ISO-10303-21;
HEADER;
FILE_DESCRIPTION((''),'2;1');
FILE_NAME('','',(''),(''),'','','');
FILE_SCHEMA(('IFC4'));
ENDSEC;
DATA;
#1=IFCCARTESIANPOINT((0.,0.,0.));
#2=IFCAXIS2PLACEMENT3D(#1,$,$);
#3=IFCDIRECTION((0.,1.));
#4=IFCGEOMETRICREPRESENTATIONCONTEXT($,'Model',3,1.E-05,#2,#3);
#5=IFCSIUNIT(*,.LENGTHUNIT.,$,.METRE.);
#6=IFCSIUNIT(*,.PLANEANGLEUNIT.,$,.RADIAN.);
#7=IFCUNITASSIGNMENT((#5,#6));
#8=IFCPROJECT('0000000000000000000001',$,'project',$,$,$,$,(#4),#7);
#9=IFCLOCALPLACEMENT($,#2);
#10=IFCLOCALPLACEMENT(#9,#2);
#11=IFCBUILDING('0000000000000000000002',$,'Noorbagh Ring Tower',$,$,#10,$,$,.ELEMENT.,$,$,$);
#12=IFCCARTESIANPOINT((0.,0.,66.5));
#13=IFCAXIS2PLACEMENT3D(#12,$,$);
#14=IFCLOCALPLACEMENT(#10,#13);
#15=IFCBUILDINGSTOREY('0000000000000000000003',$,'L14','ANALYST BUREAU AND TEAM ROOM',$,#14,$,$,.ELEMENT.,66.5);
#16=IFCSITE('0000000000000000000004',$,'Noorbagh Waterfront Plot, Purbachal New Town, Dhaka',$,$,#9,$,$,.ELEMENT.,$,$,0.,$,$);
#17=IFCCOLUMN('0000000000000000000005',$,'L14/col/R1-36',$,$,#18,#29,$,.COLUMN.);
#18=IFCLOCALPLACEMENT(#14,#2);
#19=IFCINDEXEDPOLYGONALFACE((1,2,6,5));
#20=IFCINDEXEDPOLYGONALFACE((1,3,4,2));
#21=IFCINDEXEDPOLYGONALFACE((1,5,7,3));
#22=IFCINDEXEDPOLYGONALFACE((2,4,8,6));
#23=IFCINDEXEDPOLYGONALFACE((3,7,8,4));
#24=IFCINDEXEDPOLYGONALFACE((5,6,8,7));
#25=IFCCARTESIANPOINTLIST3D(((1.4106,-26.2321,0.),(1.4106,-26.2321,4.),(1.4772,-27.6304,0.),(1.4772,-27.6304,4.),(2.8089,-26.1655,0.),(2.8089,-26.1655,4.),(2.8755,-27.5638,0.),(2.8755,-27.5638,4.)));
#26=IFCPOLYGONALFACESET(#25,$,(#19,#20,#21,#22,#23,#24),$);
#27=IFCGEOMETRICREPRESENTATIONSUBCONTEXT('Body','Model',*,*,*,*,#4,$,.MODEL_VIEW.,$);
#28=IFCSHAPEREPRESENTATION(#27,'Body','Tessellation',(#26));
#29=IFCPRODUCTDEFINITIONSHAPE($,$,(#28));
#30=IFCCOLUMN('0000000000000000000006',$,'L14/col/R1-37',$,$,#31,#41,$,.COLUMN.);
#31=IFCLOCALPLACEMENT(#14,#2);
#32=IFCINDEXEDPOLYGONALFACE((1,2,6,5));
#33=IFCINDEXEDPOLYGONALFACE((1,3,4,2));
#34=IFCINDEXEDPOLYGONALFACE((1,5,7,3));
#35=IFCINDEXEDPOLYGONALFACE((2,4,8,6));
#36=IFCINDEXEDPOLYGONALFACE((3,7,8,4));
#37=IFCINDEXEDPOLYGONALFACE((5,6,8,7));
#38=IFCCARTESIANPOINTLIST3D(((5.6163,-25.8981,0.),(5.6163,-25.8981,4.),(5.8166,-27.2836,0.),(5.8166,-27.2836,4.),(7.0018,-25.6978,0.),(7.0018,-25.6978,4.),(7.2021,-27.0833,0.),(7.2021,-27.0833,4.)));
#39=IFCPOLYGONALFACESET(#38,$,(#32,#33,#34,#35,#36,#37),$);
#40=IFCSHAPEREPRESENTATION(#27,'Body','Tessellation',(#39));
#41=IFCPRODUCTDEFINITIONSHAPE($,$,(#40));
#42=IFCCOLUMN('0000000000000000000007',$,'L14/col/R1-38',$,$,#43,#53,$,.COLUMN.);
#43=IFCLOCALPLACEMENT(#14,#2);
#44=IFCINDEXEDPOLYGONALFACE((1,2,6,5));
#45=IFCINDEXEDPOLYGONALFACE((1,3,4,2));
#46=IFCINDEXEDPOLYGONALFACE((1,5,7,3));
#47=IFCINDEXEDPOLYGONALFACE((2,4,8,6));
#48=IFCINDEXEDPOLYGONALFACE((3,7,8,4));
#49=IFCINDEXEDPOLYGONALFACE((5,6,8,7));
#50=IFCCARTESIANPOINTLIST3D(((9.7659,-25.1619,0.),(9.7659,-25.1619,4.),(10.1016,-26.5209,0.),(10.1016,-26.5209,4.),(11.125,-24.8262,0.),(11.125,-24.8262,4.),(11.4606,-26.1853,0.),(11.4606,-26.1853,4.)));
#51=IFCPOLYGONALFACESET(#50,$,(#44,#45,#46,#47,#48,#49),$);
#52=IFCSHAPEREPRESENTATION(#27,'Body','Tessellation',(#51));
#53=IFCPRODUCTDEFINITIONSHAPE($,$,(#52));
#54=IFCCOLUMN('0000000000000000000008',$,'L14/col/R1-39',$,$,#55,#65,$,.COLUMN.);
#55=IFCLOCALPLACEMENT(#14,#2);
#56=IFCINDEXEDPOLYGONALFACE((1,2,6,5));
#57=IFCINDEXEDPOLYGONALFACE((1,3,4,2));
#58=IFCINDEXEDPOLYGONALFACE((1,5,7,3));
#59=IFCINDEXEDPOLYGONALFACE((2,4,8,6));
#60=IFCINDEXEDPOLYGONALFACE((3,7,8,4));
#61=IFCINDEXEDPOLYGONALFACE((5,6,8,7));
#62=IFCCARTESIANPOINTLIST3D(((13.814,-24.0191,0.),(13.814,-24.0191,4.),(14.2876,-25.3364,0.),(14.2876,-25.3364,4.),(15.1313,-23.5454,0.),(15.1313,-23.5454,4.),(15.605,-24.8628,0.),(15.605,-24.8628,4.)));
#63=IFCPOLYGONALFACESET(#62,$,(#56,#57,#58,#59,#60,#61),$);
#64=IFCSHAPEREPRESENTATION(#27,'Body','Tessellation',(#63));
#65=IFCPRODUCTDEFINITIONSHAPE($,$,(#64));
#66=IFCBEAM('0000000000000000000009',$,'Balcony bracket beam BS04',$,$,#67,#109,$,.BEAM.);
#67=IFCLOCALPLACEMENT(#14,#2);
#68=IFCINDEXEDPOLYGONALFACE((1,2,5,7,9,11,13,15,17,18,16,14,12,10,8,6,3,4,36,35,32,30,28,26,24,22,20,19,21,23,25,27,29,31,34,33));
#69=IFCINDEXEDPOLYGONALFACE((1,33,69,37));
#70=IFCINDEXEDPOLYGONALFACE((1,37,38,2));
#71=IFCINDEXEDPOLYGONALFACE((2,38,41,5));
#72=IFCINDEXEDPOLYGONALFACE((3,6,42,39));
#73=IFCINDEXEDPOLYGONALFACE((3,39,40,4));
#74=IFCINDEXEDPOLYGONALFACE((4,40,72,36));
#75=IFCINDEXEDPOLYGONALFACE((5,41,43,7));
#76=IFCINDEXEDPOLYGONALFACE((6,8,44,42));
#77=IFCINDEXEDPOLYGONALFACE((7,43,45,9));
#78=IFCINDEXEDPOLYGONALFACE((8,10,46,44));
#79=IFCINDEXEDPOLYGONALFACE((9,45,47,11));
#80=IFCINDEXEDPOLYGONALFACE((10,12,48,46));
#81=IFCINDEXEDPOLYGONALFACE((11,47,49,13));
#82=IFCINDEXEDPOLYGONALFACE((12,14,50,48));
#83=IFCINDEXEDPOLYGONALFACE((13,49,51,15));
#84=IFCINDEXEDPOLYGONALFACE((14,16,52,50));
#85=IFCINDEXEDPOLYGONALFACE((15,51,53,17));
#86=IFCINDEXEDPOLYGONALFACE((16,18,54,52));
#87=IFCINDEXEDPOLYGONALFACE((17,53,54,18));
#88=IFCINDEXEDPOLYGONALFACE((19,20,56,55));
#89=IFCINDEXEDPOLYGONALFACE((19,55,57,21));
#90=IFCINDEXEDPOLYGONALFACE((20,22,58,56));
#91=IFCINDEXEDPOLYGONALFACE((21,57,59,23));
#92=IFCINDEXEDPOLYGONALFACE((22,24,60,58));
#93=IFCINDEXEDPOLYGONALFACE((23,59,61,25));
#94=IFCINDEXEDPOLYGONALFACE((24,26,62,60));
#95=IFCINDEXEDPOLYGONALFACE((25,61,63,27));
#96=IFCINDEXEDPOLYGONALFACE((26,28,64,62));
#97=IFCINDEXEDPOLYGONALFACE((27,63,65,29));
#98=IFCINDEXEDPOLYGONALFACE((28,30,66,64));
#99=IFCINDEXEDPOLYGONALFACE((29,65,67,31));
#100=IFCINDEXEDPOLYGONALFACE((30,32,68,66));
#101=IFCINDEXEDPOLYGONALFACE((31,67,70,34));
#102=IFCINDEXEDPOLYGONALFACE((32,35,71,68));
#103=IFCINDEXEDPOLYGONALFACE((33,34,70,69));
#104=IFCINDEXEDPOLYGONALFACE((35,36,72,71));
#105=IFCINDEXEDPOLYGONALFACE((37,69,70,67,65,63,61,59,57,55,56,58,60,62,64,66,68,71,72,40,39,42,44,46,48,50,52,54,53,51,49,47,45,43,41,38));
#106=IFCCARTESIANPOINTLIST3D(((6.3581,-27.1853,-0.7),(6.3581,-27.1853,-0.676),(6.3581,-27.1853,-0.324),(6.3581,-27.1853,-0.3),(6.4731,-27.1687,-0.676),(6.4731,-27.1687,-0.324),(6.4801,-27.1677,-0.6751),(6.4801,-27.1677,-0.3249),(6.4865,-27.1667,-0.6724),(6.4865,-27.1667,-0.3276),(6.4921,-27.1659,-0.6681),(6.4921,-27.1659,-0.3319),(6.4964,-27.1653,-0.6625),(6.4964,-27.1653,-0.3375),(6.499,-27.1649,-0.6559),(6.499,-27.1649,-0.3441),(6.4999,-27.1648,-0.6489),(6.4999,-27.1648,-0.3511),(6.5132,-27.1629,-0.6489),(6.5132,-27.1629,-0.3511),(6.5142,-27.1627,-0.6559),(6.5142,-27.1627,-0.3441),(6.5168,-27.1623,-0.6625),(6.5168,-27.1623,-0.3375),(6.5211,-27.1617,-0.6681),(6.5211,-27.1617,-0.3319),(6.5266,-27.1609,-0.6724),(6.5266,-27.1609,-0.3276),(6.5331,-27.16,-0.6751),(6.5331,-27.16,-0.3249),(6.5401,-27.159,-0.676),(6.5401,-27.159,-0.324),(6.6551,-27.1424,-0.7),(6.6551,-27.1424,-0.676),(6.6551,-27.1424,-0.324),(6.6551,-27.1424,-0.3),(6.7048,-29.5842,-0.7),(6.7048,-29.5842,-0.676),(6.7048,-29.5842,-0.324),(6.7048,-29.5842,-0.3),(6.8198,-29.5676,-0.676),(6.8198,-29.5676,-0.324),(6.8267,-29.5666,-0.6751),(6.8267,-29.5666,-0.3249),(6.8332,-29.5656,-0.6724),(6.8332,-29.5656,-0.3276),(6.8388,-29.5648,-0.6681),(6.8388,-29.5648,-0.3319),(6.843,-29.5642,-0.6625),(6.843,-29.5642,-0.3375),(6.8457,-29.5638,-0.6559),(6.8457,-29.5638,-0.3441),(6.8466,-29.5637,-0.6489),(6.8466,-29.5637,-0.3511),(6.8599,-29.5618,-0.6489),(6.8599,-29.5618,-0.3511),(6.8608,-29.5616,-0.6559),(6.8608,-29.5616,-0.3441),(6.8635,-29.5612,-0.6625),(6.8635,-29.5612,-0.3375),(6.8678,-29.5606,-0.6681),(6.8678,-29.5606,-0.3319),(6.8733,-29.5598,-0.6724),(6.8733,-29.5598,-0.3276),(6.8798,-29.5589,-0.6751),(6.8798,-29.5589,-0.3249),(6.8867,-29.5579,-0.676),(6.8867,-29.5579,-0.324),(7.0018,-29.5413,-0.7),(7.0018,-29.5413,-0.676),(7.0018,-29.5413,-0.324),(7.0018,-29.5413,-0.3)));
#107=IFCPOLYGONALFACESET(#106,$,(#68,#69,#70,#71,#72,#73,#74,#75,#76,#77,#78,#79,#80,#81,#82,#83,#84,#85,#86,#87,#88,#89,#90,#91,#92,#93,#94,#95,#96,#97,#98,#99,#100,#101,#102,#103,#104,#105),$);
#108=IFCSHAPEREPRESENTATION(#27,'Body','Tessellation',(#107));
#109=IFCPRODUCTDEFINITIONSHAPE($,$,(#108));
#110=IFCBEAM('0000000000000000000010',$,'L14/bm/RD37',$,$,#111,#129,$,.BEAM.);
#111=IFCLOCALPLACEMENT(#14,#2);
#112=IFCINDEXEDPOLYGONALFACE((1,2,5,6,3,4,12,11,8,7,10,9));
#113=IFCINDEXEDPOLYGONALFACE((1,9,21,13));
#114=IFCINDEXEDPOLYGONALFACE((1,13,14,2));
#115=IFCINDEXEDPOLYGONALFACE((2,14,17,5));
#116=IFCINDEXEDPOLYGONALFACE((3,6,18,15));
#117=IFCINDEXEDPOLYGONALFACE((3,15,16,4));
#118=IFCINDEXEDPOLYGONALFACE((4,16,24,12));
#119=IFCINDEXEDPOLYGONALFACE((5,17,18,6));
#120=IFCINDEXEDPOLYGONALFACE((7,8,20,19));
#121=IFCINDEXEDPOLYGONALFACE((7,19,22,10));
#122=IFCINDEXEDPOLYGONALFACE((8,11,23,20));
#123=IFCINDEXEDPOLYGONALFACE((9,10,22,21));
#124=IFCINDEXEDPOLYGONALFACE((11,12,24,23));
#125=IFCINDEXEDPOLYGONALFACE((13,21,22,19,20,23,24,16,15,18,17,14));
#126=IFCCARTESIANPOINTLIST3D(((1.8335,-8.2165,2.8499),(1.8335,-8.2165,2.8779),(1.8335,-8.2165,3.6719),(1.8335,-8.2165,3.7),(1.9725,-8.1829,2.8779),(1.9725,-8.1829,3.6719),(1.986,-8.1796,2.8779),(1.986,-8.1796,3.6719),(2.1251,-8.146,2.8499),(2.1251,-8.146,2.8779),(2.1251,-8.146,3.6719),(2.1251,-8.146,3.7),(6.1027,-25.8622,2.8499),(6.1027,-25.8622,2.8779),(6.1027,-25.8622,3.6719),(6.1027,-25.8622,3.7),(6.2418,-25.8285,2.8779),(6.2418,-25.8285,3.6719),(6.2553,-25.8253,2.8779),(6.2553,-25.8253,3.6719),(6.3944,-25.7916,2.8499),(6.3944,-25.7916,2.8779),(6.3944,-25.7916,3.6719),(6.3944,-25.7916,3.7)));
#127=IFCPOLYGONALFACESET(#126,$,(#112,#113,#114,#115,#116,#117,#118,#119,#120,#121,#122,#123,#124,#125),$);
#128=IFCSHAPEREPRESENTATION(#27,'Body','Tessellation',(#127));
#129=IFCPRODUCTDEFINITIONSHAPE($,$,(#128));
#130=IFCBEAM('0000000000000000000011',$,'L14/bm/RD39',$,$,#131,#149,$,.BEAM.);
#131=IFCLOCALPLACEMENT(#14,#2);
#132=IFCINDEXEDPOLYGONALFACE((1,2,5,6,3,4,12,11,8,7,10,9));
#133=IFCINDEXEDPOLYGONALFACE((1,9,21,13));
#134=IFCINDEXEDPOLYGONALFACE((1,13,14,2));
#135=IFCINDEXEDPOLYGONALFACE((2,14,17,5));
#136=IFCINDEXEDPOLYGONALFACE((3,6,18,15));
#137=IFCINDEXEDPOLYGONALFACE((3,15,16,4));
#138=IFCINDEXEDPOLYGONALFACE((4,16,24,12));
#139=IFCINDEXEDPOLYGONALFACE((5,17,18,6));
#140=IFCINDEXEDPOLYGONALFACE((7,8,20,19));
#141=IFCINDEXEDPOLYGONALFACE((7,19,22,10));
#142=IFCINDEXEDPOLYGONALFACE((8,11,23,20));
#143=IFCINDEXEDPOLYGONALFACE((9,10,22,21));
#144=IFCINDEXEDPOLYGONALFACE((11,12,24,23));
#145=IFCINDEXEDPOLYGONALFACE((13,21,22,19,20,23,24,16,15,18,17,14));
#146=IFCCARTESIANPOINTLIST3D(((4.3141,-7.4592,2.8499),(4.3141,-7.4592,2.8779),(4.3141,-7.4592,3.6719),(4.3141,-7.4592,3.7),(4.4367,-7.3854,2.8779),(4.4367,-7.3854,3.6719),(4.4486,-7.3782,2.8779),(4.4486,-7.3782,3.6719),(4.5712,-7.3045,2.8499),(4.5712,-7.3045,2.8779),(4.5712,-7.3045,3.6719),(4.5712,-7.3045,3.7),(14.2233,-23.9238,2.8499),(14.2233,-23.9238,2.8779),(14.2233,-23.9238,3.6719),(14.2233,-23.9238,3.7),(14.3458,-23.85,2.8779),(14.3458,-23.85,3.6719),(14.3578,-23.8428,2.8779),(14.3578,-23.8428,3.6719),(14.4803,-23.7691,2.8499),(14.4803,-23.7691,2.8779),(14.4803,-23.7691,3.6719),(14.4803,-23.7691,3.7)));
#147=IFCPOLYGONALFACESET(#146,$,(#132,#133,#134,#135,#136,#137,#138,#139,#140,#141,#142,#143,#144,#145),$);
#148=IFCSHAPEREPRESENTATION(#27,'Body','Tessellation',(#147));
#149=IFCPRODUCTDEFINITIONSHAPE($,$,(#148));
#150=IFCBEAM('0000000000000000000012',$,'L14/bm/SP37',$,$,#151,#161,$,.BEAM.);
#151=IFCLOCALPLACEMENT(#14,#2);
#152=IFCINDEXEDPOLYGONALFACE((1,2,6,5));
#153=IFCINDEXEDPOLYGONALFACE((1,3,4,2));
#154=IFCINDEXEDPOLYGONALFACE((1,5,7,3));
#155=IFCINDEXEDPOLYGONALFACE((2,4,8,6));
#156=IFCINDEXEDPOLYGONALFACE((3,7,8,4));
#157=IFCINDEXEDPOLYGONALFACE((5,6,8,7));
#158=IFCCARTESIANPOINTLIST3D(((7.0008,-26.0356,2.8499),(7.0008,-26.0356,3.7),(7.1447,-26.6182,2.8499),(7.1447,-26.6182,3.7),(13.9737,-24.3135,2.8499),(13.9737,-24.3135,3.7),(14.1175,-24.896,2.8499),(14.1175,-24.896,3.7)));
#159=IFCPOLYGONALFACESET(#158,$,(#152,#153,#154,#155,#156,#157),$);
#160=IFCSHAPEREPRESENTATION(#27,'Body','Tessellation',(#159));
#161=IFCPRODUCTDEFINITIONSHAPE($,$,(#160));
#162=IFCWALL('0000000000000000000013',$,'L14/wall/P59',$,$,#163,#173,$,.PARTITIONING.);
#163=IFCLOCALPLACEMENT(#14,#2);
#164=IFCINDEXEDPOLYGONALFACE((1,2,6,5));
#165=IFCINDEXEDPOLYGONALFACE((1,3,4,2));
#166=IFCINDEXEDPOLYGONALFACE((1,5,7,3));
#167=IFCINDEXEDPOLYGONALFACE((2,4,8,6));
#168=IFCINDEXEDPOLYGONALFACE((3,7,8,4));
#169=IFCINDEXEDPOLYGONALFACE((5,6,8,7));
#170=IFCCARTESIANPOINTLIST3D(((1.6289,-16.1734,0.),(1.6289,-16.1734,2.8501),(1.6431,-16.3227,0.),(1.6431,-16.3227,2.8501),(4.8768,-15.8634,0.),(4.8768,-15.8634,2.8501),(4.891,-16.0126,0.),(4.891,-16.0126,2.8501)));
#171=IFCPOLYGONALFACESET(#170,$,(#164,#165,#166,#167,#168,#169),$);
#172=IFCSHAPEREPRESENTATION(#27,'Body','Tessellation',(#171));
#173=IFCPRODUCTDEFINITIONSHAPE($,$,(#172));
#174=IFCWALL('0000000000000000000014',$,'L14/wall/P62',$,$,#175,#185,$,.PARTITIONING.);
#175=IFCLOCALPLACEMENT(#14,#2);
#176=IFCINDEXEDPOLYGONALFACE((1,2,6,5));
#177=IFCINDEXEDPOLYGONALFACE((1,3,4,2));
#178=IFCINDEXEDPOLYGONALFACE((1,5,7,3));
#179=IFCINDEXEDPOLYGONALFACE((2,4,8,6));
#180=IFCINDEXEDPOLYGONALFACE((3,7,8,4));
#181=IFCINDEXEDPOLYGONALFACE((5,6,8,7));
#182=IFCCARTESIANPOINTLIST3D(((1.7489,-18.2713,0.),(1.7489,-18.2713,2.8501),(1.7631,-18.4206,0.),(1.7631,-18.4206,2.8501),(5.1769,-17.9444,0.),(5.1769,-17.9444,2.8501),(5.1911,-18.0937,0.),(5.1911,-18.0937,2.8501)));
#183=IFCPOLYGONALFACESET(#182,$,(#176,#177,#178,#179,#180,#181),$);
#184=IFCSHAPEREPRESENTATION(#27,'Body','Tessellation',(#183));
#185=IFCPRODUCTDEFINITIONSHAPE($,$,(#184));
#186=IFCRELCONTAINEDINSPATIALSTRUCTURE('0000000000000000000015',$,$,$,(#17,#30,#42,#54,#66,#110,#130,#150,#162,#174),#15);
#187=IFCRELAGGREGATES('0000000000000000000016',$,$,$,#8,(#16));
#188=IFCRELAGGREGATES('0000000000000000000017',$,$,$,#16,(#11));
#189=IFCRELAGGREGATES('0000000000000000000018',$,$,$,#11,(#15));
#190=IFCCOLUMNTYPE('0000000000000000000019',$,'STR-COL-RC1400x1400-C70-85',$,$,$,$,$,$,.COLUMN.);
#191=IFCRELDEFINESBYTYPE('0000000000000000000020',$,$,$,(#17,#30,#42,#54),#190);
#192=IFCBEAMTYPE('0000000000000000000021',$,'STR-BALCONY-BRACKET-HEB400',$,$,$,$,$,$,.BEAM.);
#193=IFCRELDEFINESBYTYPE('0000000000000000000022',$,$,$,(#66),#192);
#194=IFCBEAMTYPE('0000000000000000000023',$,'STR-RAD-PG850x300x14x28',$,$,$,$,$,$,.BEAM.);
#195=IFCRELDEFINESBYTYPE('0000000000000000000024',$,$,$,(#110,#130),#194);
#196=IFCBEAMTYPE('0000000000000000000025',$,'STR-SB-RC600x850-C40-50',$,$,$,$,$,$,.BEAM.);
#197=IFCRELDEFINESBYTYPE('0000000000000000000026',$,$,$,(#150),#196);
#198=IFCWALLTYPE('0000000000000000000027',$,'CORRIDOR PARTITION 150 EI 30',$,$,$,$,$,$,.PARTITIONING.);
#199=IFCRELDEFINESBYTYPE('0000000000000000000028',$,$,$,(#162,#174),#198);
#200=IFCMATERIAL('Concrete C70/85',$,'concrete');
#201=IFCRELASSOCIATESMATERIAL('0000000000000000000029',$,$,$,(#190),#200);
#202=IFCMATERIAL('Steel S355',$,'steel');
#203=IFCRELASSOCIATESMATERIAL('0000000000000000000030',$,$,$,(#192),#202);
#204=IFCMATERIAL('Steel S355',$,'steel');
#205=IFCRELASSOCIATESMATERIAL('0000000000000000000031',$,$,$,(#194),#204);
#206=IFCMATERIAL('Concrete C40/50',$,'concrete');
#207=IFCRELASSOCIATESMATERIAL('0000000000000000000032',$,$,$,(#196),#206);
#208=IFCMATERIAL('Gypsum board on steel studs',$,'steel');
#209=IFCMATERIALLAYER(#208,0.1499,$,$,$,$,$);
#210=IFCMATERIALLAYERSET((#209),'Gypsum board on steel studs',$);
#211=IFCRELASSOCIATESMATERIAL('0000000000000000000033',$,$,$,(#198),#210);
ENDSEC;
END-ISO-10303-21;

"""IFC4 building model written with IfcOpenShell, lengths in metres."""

from ifc_helpers import new_model, si_unit, direction, frame, frame_2d, origin, origin_2d, place, context, subcontext, project, spatial, rectangle, i_section, extrude, material, layer, layer_set, material_profile, profile_set, type_object, element, save


model = new_model("IFC4")

# Units and contexts
model_context = context("Model", 3, precision=1e-05, world=origin(), true_north=direction((0.0, 1.0)))
body_context = subcontext(model_context, "Body", "Model", "MODEL_VIEW")
ifc_project = project(units=[si_unit("LENGTHUNIT", "METRE"), si_unit("PLANEANGLEUNIT", "RADIAN")], contexts=[model_context])

# Site, building, storey
site_placement = place(None, origin())
site = spatial("IfcSite", under=ifc_project, at=site_placement, Name="Noorbagh Waterfront Plot, Purbachal New Town, Dhaka", CompositionType="ELEMENT", RefElevation=0.0)
building_placement = place(site_placement, origin())
building = spatial("IfcBuilding", under=site, at=building_placement, Name="Noorbagh Ring Tower", CompositionType="ELEMENT")
storey_placement = place(building_placement, frame((0.0, 0.0, 66.5)))
storey = spatial("IfcBuildingStorey", under=building, at=storey_placement, Name="L14", Description="ANALYST BUREAU AND TEAM ROOM", CompositionType="ELEMENT", Elevation=66.5)

# Columns
ifc_material_1 = material(Name="Concrete C70/85", Category="concrete")
ifc_material_profile_1 = material_profile(ifc_material_1, rectangle(XDim=1.3999, YDim=1.3999, at=origin_2d()), Name="RC1400x1400")
ifc_profile_set_1 = profile_set([ifc_material_profile_1], Name="Concrete C70/85")
column_type = type_object("IfcColumnType", Name="STR-COL-RC1400x1400-C70-85", PredefinedType="COLUMN", material=ifc_profile_set_1)
for number, where, z_axis, x_axis, name in (
    (1, (2.1431, -26.8979, 0.0), (0.0, 0.0, 1.0), (0.998869, 0.047553, 0.0), "L14/col/R1-36"),
    (2, (6.4092, -26.4907, 0.0), (0.0, 0.0, 1.0), (0.989713, 0.143066, 0.0), "L14/col/R1-37"),
    (3, (10.6133, -25.6736, 0.0), (0.0, 0.0, 1.0), (0.970829, 0.239771, 0.0), "L14/col/R1-38"),
    (4, (14.7095, -24.4409, 0.0), (0.0, 0.0, 1.0), (0.941025, 0.338338, 0.0), "L14/col/R1-39"),
):
    element("IfcColumn", number, at=place(storey_placement, frame(where, z_axis=z_axis, x_axis=x_axis)), inside=storey, type_object=column_type, Name=name, PredefinedType="COLUMN", context=body_context, shape_type="SweptSolid", body=[
        extrude(rectangle(XDim=1.3999, YDim=1.3999, at=origin_2d()), origin(), (0.0, 0.0, 1.0), 4.0),
    ])

# Beams
ifc_material_2 = material(Name="Steel S355", Category="steel")
ifc_material_profile_2 = material_profile(ifc_material_2, i_section(OverallWidth=0.3, OverallDepth=0.3999, WebThickness=0.0134, FlangeThickness=0.0239, FilletRadius=0.0271, at=origin_2d()), Name="HEB400")
ifc_profile_set_2 = profile_set([ifc_material_profile_2], Name="Steel S355")
beam_type_1 = type_object("IfcBeamType", Name="STR-BALCONY-BRACKET-HEB400", PredefinedType="BEAM", material=ifc_profile_set_2)
beam_1_placement = place(storey_placement, frame((6.5066, -27.1638, -0.5), z_axis=(0.143029, -0.989719, 0.0), x_axis=(0.989719, 0.143029, 0.0)))
element("IfcBeam", 5, at=beam_1_placement, inside=storey, type_object=beam_type_1, Name="Balcony bracket beam BS04", PredefinedType="BEAM", context=body_context, shape_type="SweptSolid", body=[
    extrude(i_section(OverallWidth=0.3, OverallDepth=0.3999, WebThickness=0.0134, FlangeThickness=0.0239, FilletRadius=0.0271, at=origin_2d()), origin(), (0.0, 0.0, 1.0), 2.4238),
])
ifc_material_3 = material(Name="Steel S355", Category="steel")
ifc_material_profile_3 = material_profile(ifc_material_3, i_section(OverallWidth=0.3, OverallDepth=0.8501, WebThickness=0.0139, FlangeThickness=0.0281, at=origin_2d()), Name="PG850x300x14x28")
ifc_profile_set_3 = profile_set([ifc_material_profile_3], Name="Steel S355")
beam_type_2 = type_object("IfcBeamType", Name="STR-RAD-PG850x300x14x28", PredefinedType="BEAM", material=ifc_profile_set_3)
beam_2_placement = place(storey_placement, frame((6.2485, -25.8269, 3.2749), z_axis=(-0.235159, 0.971957, 0.0), x_axis=(-0.971957, -0.235159, 0.0)))
element("IfcBeam", 6, at=beam_2_placement, inside=storey, type_object=beam_type_2, Name="L14/bm/RD37", PredefinedType="BEAM", context=body_context, shape_type="SweptSolid", body=[
    extrude(i_section(OverallWidth=0.3, OverallDepth=0.8501, WebThickness=0.0139, FlangeThickness=0.0281, at=origin_2d()), origin(), (0.0, 0.0, 1.0), 18.1548),
])
beam_3_placement = place(storey_placement, frame((14.3518, -23.8464, 3.2749), z_axis=(-0.515659, 0.856794, 0.0), x_axis=(-0.856794, -0.515659, 0.0)))
element("IfcBeam", 7, at=beam_3_placement, inside=storey, type_object=beam_type_2, Name="L14/bm/RD39", PredefinedType="BEAM", context=body_context, shape_type="SweptSolid", body=[
    extrude(i_section(OverallWidth=0.3, OverallDepth=0.8501, WebThickness=0.0139, FlangeThickness=0.0281, at=origin_2d()), origin(), (0.0, 0.0, 1.0), 19.2166),
])
ifc_material_4 = material(Name="Concrete C40/50", Category="concrete")
ifc_material_profile_4 = material_profile(ifc_material_4, rectangle(XDim=0.6001, YDim=0.8501, at=origin_2d()), Name="RC600x850")
ifc_profile_set_4 = profile_set([ifc_material_profile_4], Name="Concrete C40/50")
beam_type_3 = type_object("IfcBeamType", Name="STR-SB-RC600x850-C40-50", PredefinedType="BEAM", material=ifc_profile_set_4)
beam_4_placement = place(storey_placement, frame((7.0728, -26.3269, 3.2749), z_axis=(0.970828, 0.239775, 0.0), x_axis=(-0.239775, 0.970828, 0.0)))
element("IfcBeam", 8, at=beam_4_placement, inside=storey, type_object=beam_type_3, Name="L14/bm/SP37", PredefinedType="BEAM", context=body_context, shape_type="SweptSolid", body=[
    extrude(rectangle(XDim=0.6001, YDim=0.8501, at=origin_2d()), origin(), (0.0, 0.0, 1.0), 7.1824),
])

# Walls
ifc_material_5 = material(Name="Gypsum board on steel studs", Category="steel")
ifc_layer_1 = layer(ifc_material_5, 0.1499)
ifc_layer_set_1 = layer_set([ifc_layer_1], Name="Gypsum board on steel studs")
wall_type_1 = type_object("IfcWallType", Name="CORRIDOR PARTITION 150 EI 30", PredefinedType="PARTITIONING", material=ifc_layer_set_1)
wall_1_placement = place(storey_placement, frame((1.636, -16.248, 0.0), z_axis=(0.0, 0.0, 1.0), x_axis=(0.995475, 0.095028, 0.0)))
element("IfcWall", 9, at=wall_1_placement, inside=storey, type_object=wall_type_1, Name="L14/wall/P59", PredefinedType="PARTITIONING", context=body_context, shape_type="SweptSolid", body=[
    extrude(rectangle(XDim=3.2627, YDim=0.1499, at=frame_2d((1.6313, 0.0))), origin(), (0.0, 0.0, 1.0), 2.8501),
])
wall_2_placement = place(storey_placement, frame((1.7561, -18.3459, 0.0), z_axis=(0.0, 0.0, 1.0), x_axis=(0.995484, 0.094933, 0.0)))
element("IfcWall", 10, at=wall_2_placement, inside=storey, type_object=wall_type_1, Name="L14/wall/P62", PredefinedType="PARTITIONING", context=body_context, shape_type="SweptSolid", body=[
    extrude(rectangle(XDim=3.4436, YDim=0.1499, at=frame_2d((1.7217, 0.0))), origin(), (0.0, 0.0, 1.0), 2.8501),
])

save(model, "model.ifc")
